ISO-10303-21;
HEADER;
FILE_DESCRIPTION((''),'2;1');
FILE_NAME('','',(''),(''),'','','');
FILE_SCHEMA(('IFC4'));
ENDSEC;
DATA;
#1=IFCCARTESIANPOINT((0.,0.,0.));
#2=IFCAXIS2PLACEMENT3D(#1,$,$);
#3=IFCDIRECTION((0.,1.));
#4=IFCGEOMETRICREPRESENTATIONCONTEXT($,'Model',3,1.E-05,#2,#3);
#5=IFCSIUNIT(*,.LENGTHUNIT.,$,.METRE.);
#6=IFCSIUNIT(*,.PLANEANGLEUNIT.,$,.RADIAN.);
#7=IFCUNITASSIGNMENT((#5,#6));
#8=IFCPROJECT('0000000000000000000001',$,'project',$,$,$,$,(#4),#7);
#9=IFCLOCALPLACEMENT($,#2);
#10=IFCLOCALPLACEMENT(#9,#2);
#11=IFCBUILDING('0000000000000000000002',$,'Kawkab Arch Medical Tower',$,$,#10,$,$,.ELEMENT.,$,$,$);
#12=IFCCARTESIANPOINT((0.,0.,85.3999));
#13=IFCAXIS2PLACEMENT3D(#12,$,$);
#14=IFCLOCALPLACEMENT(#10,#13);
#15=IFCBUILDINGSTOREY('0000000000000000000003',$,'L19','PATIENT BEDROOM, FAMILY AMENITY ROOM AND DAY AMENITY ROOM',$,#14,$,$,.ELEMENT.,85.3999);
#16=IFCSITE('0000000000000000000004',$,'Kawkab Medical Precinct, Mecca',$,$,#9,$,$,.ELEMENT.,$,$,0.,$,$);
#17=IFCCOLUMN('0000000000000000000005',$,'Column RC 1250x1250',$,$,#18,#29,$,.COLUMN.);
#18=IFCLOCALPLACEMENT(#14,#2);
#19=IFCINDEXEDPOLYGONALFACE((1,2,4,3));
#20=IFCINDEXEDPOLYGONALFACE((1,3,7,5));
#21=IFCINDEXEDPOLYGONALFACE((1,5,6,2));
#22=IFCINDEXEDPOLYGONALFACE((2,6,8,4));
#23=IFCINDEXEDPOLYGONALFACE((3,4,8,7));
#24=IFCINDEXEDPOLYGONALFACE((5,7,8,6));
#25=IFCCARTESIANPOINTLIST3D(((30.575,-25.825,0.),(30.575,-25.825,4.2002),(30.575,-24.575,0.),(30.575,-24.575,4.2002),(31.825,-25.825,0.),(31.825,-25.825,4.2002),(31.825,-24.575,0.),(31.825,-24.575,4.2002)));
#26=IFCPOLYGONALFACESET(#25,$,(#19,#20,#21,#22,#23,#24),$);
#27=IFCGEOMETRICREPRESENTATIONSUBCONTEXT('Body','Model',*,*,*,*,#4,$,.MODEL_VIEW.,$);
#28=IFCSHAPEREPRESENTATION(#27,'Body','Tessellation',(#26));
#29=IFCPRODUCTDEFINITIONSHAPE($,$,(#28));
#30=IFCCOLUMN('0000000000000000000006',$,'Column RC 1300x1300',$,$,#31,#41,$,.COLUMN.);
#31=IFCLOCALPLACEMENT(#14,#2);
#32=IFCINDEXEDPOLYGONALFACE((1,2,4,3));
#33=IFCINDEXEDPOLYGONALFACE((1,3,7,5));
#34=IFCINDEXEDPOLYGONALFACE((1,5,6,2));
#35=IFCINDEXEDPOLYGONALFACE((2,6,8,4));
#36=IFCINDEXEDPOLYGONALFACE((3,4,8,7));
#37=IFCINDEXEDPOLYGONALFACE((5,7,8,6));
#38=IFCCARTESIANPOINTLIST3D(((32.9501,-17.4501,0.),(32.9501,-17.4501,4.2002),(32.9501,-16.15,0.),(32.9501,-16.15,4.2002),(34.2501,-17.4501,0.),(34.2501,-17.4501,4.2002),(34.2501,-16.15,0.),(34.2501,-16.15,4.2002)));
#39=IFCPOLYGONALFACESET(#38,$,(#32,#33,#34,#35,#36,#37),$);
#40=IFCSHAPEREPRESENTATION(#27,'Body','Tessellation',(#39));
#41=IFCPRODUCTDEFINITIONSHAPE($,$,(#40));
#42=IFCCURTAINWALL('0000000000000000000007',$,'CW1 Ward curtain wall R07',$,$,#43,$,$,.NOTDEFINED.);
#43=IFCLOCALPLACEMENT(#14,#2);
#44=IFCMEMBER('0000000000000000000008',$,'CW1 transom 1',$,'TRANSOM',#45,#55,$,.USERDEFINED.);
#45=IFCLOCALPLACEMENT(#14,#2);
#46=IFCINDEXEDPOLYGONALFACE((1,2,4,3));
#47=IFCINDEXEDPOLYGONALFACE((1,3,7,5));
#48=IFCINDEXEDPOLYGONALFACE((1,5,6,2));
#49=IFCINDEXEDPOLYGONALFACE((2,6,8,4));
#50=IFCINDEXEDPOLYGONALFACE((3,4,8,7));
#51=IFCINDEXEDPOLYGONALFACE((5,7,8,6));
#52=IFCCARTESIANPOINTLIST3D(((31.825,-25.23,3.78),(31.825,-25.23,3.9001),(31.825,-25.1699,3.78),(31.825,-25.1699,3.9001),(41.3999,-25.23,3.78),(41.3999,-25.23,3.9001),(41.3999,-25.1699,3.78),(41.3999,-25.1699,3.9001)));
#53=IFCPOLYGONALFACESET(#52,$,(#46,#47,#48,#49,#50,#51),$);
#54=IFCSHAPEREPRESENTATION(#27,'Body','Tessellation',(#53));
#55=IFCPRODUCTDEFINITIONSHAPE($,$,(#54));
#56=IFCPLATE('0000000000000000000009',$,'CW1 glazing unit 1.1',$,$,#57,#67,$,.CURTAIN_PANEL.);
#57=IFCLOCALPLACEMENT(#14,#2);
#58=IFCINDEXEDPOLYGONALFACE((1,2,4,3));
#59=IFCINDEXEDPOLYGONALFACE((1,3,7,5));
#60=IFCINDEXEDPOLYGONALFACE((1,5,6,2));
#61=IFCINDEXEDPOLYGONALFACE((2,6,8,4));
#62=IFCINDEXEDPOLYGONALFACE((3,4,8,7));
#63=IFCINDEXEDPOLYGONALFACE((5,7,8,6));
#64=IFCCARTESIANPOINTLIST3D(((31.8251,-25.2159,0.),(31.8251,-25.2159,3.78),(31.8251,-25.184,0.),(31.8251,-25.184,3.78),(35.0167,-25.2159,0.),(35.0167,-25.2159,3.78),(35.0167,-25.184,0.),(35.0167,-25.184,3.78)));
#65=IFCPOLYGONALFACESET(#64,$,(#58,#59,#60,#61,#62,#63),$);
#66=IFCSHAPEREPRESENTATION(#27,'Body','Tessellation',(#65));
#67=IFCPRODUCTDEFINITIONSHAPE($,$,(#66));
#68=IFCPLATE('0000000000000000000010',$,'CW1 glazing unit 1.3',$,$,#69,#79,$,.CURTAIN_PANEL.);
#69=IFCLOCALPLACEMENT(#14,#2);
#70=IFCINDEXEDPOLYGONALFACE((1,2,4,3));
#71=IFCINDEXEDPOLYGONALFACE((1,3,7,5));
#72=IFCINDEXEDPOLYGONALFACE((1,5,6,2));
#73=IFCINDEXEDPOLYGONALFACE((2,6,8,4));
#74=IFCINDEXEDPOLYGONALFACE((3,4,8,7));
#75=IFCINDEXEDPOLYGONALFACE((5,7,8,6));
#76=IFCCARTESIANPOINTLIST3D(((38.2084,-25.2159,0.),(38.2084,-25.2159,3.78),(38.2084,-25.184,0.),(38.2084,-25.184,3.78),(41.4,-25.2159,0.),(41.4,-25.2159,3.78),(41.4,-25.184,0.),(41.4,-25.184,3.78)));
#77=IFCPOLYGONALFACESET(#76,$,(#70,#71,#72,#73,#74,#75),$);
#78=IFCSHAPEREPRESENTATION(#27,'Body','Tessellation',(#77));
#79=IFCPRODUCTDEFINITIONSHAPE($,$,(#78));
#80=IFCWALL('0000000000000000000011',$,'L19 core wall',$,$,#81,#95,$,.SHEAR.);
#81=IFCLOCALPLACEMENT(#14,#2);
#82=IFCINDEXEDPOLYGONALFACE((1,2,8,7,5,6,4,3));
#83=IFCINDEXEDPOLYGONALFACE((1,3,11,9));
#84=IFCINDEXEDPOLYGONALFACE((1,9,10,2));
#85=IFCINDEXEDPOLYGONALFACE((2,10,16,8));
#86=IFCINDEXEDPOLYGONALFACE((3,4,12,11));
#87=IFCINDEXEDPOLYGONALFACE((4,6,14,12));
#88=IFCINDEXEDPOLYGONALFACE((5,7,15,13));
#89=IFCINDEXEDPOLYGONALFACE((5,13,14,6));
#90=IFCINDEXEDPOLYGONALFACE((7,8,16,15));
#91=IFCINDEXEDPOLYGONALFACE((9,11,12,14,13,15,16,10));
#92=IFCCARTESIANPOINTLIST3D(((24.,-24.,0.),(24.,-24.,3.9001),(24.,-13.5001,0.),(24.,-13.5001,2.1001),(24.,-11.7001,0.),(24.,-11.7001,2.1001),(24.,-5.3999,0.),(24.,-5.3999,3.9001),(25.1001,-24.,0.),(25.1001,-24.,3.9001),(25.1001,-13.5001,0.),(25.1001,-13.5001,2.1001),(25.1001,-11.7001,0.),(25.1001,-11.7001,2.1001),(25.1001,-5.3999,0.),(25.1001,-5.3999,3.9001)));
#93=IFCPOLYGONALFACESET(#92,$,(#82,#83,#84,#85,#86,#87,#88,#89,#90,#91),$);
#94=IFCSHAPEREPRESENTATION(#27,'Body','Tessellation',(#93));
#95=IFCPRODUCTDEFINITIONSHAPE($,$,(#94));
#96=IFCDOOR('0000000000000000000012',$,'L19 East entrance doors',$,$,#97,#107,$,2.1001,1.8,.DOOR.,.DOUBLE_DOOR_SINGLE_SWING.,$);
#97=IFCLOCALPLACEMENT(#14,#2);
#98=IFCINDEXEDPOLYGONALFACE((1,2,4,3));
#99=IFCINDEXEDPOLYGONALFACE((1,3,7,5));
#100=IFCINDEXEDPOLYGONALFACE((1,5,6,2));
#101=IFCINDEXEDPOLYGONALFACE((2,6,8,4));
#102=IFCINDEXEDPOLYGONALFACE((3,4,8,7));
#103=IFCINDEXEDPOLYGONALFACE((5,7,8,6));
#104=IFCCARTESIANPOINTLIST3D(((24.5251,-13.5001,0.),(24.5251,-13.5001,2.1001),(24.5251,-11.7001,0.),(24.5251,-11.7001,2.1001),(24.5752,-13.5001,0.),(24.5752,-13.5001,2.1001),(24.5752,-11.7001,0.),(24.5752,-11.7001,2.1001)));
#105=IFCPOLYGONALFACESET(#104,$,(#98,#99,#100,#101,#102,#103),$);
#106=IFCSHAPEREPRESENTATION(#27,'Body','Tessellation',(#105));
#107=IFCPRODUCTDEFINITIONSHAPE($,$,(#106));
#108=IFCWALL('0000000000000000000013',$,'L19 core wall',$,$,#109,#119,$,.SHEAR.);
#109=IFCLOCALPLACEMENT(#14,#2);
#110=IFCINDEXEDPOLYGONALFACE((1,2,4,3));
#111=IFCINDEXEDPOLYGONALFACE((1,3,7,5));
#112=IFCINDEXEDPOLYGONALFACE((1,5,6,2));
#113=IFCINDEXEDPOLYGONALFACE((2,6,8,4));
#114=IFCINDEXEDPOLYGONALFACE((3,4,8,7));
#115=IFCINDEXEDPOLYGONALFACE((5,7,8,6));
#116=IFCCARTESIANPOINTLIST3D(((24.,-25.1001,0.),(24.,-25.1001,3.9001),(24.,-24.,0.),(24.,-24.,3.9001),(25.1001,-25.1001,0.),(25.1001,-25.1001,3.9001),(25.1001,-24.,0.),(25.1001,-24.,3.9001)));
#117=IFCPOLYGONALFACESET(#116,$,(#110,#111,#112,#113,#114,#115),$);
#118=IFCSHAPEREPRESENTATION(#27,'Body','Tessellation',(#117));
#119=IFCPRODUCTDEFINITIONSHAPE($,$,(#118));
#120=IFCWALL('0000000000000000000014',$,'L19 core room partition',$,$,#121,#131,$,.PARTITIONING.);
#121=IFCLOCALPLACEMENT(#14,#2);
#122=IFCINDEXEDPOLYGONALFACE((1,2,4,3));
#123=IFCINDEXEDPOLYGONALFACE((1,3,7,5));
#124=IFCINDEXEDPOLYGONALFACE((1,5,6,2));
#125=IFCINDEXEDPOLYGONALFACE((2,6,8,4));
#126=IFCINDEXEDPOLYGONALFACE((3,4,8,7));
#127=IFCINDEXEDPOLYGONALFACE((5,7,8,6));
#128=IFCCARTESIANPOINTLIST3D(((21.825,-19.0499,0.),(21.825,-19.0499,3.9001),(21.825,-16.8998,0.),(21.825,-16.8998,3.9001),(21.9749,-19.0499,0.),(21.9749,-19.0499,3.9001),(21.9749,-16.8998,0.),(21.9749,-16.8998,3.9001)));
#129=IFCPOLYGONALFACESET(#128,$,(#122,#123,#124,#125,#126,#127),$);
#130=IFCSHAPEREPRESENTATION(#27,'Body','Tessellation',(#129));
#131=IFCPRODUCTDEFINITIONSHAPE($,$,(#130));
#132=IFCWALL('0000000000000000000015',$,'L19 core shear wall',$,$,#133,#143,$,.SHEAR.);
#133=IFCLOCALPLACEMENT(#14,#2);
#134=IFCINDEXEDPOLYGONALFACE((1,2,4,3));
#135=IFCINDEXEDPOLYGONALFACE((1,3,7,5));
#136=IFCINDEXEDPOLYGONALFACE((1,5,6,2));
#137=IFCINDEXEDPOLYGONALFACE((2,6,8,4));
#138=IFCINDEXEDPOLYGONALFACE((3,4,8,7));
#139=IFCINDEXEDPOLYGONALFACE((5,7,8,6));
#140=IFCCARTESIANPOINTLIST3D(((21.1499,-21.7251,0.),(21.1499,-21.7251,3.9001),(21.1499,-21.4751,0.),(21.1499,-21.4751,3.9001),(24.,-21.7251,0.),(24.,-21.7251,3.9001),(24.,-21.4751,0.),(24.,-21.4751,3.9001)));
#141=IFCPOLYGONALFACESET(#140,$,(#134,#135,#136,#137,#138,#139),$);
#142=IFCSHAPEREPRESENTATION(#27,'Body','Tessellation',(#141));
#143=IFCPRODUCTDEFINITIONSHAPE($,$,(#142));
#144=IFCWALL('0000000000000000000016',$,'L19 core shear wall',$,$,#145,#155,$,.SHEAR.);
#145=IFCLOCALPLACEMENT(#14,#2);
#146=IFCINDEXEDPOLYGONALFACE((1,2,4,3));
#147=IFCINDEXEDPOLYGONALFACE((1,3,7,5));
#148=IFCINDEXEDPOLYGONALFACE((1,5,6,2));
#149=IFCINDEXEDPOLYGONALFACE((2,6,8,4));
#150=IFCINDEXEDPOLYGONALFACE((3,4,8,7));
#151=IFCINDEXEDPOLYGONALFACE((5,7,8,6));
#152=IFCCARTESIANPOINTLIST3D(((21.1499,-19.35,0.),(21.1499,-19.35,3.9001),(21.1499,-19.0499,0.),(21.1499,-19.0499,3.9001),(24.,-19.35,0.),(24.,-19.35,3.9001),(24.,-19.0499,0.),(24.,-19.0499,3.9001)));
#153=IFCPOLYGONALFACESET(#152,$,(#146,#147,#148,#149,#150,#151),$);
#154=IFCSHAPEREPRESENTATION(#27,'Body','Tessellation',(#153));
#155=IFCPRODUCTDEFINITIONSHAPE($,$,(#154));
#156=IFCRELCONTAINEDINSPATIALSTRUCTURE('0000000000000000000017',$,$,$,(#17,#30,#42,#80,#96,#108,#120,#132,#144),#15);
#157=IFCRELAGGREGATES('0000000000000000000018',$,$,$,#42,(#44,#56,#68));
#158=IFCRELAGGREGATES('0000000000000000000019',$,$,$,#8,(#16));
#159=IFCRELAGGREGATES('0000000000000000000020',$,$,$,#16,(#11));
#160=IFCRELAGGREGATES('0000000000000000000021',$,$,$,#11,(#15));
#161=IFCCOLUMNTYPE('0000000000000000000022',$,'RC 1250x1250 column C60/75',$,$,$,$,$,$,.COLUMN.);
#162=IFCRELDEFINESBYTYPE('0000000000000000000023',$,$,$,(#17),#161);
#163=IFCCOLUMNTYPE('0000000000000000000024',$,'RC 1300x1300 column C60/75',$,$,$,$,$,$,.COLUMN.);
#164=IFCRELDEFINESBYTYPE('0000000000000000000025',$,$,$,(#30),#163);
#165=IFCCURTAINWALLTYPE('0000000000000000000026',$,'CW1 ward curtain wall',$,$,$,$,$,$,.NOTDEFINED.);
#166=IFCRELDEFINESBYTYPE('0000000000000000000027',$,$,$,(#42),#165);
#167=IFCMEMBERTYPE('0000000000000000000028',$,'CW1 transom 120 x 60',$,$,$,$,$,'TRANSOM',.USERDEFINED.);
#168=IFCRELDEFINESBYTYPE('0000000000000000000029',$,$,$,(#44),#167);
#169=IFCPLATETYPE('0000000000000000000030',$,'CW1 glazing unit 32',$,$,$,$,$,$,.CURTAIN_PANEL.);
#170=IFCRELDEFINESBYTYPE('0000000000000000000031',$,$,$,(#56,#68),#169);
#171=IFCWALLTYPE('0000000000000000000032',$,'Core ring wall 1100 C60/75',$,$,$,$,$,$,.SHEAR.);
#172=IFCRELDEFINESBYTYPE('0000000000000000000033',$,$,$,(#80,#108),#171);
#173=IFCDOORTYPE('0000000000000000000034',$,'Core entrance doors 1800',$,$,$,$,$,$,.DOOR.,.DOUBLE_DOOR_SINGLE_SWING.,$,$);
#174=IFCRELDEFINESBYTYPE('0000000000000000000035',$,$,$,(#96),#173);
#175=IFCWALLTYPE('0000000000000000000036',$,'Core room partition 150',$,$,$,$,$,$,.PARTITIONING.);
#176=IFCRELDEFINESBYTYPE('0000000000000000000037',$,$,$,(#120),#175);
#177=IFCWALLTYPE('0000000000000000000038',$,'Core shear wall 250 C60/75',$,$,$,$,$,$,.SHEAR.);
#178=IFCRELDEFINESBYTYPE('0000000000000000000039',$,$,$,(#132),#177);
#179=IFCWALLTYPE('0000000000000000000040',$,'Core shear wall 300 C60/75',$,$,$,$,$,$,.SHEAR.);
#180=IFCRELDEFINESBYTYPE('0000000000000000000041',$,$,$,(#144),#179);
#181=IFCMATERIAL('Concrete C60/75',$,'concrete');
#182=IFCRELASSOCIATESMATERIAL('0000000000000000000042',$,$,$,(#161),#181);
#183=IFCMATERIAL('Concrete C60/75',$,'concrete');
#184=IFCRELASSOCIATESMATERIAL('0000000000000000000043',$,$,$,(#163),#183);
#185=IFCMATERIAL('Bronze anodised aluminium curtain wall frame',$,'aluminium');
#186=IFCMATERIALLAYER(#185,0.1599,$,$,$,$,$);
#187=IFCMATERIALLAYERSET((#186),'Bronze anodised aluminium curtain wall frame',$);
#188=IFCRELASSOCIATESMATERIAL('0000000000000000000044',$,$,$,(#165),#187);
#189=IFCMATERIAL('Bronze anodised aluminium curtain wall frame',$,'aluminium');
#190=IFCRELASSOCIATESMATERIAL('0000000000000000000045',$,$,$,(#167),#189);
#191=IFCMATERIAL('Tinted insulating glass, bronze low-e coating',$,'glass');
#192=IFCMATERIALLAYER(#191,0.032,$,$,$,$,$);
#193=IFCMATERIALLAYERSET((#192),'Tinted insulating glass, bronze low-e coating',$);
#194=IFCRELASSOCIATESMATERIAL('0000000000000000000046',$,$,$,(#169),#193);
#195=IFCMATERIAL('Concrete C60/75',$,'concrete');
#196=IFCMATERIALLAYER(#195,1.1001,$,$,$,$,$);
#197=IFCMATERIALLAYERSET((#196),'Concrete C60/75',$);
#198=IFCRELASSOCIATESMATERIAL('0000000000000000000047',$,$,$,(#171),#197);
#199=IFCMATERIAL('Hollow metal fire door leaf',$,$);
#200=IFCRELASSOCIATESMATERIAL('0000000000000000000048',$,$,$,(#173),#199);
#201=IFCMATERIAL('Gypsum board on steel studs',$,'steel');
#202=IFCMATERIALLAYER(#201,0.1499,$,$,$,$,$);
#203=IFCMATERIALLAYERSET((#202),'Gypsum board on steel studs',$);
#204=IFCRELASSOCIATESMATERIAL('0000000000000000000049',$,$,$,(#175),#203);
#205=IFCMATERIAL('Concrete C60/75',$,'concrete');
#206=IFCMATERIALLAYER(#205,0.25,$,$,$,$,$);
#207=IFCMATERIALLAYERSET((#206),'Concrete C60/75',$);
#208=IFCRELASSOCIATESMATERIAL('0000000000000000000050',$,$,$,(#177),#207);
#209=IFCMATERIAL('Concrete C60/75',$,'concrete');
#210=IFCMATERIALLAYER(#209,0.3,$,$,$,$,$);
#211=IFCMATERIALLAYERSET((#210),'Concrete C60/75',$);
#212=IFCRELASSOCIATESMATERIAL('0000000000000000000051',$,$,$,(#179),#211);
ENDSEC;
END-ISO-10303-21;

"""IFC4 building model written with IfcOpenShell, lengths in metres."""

from ifc_helpers import new_model, si_unit, direction, frame, frame_2d, origin, origin_2d, place, context, subcontext, project, spatial, rectangle, extrude, material, layer, layer_set, material_profile, profile_set, type_object, element, fill, aggregate, save


model = new_model("IFC4")

# Units and contexts
model_context = context("Model", 3, precision=1e-05, world=origin(), true_north=direction((0.0, 1.0)))
body_context = subcontext(model_context, "Body", "Model", "MODEL_VIEW")
ifc_project = project(units=[si_unit("LENGTHUNIT", "METRE"), si_unit("PLANEANGLEUNIT", "RADIAN")], contexts=[model_context])

# Site, building, storey
site_placement = place(None, origin())
site = spatial("IfcSite", under=ifc_project, at=site_placement, Name="Kawkab Medical Precinct, Mecca", CompositionType="ELEMENT", RefElevation=0.0)
building_placement = place(site_placement, origin())
building = spatial("IfcBuilding", under=site, at=building_placement, Name="Kawkab Arch Medical Tower", CompositionType="ELEMENT")
storey_placement = place(building_placement, frame((0.0, 0.0, 85.3999)))
storey = spatial("IfcBuildingStorey", under=building, at=storey_placement, Name="L19", Description="PATIENT BEDROOM, FAMILY AMENITY ROOM AND DAY AMENITY ROOM", CompositionType="ELEMENT", Elevation=85.3999)

# Columns
ifc_material_1 = material(Name="Concrete C60/75", Category="concrete")
ifc_material_profile_1 = material_profile(ifc_material_1, rectangle(XDim=1.25, YDim=1.25, at=origin_2d()), Name="RC 1250x1250")
ifc_profile_set_1 = profile_set([ifc_material_profile_1], Name="Concrete C60/75")
column_type_1 = type_object("IfcColumnType", Name="RC 1250x1250 column C60/75", PredefinedType="COLUMN", material=ifc_profile_set_1)
column_1_placement = place(storey_placement, frame((31.2, -25.2, 0.0), z_axis=(0.0, 0.0, 1.0), x_axis=(1.0, 0.0, 0.0)))
element("IfcColumn", 1, at=column_1_placement, inside=storey, type_object=column_type_1, Name="Column RC 1250x1250", PredefinedType="COLUMN", context=body_context, shape_type="SweptSolid", body=[
    extrude(rectangle(XDim=1.25, YDim=1.25, at=origin_2d()), origin(), (0.0, 0.0, 1.0), 4.2002),
])
ifc_material_2 = material(Name="Concrete C60/75", Category="concrete")
ifc_material_profile_2 = material_profile(ifc_material_2, rectangle(XDim=1.3, YDim=1.3, at=origin_2d()), Name="RC 1300x1300")
ifc_profile_set_2 = profile_set([ifc_material_profile_2], Name="Concrete C60/75")
column_type_2 = type_object("IfcColumnType", Name="RC 1300x1300 column C60/75", PredefinedType="COLUMN", material=ifc_profile_set_2)
column_2_placement = place(storey_placement, frame((33.6001, -16.8, 0.0), z_axis=(0.0, 0.0, 1.0), x_axis=(1.0, 0.0, 0.0)))
element("IfcColumn", 2, at=column_2_placement, inside=storey, type_object=column_type_2, Name="Column RC 1300x1300", PredefinedType="COLUMN", context=body_context, shape_type="SweptSolid", body=[
    extrude(rectangle(XDim=1.3, YDim=1.3, at=origin_2d()), origin(), (0.0, 0.0, 1.0), 4.2002),
])

# Curtain wall, member, plates
ifc_material_3 = material(Name="Bronze anodised aluminium curtain wall frame", Category="aluminium")
ifc_layer_1 = layer(ifc_material_3, 0.1599)
ifc_layer_set_1 = layer_set([ifc_layer_1], Name="Bronze anodised aluminium curtain wall frame")
curtain_wall_type = type_object("IfcCurtainWallType", Name="CW1 ward curtain wall", PredefinedType="NOTDEFINED", material=ifc_layer_set_1)
curtain_wall_placement = place(storey_placement, origin())
curtain_wall = element("IfcCurtainWall", 3, at=curtain_wall_placement, inside=storey, type_object=curtain_wall_type, Name="CW1 Ward curtain wall R07", PredefinedType="NOTDEFINED")
ifc_material_4 = material(Name="Bronze anodised aluminium curtain wall frame", Category="aluminium")
ifc_material_profile_3 = material_profile(ifc_material_4, rectangle(XDim=0.0601, YDim=0.1201, at=origin_2d()), Name="AL 60x120")
ifc_profile_set_3 = profile_set([ifc_material_profile_3], Name="Bronze anodised aluminium curtain wall frame")
member_type = type_object("IfcMemberType", Name="CW1 transom 120 x 60", ElementType="TRANSOM", PredefinedType="USERDEFINED", material=ifc_profile_set_3)
member_placement = place(storey_placement, frame((31.825, -25.2, 3.8401), z_axis=(1.0, 0.0, 0.0), x_axis=(0.0, 1.0, 0.0)))
member = element("IfcMember", 4, at=member_placement, type_object=member_type, Name="CW1 transom 1", ObjectType="TRANSOM", PredefinedType="USERDEFINED", context=body_context, shape_type="SweptSolid", body=[
    extrude(rectangle(XDim=0.0601, YDim=0.1201, at=origin_2d()), origin(), (0.0, 0.0, 1.0), 9.575),
])
ifc_material_5 = material(Name="Tinted insulating glass, bronze low-e coating", Category="glass")
ifc_layer_2 = layer(ifc_material_5, 0.032)
ifc_layer_set_2 = layer_set([ifc_layer_2], Name="Tinted insulating glass, bronze low-e coating")
plate_type = type_object("IfcPlateType", Name="CW1 glazing unit 32", PredefinedType="CURTAIN_PANEL", material=ifc_layer_set_2)
plate_1_placement = place(storey_placement, frame((33.4209, -25.2, 0.0), z_axis=(0.0, 0.0, 1.0), x_axis=(1.0, 0.0, 0.0)))
plate_1 = element("IfcPlate", 5, at=plate_1_placement, type_object=plate_type, Name="CW1 glazing unit 1.1", PredefinedType="CURTAIN_PANEL", context=body_context, shape_type="SweptSolid", body=[
    extrude(rectangle(XDim=3.1917, YDim=0.032, at=origin_2d()), origin(), (0.0, 0.0, 1.0), 3.78),
])
plate_2_placement = place(storey_placement, frame((39.8042, -25.2, 0.0), z_axis=(0.0, 0.0, 1.0), x_axis=(1.0, 0.0, 0.0)))
plate_2 = element("IfcPlate", 6, at=plate_2_placement, type_object=plate_type, Name="CW1 glazing unit 1.3", PredefinedType="CURTAIN_PANEL", context=body_context, shape_type="SweptSolid", body=[
    extrude(rectangle(XDim=3.1917, YDim=0.032, at=origin_2d()), origin(), (0.0, 0.0, 1.0), 3.78),
])
aggregate(curtain_wall, [member, plate_1, plate_2])

# Wall, opening, door
ifc_material_6 = material(Name="Concrete C60/75", Category="concrete")
ifc_layer_3 = layer(ifc_material_6, 1.1001)
ifc_layer_set_3 = layer_set([ifc_layer_3], Name="Concrete C60/75")
wall_type_1 = type_object("IfcWallType", Name="Core ring wall 1100 C60/75", PredefinedType="SHEAR", material=ifc_layer_set_3)
wall_1_placement = place(storey_placement, frame((24.55, -24.0, 0.0), z_axis=(0.0, 0.0, 1.0), x_axis=(0.0, 1.0, 0.0)))
wall_1 = element("IfcWall", 7, at=wall_1_placement, inside=storey, type_object=wall_type_1, Name="L19 core wall", PredefinedType="SHEAR", context=body_context, shape_type="SweptSolid", body=[
    extrude(rectangle(XDim=18.6001, YDim=1.1001, at=frame_2d((9.3, 0.0))), origin(), (0.0, 0.0, 1.0), 3.9001),
])
opening_1_placement = place(wall_1_placement, frame((10.5, 0.0, 0.0)))
opening_1 = element("IfcOpeningElement", 8, at=opening_1_placement, cuts=wall_1, PredefinedType="OPENING", context=body_context, shape_type="SweptSolid", body=[
    extrude(rectangle(XDim=1.8, YDim=2.1001, at=frame_2d((0.8999, 1.05))), frame((0.0, 0.5601, 0.0), z_axis=(0.0, -1.0, 0.0), x_axis=(1.0, 0.0, 0.0)), (0.0, 0.0, 1.0), 1.1201),
])
ifc_material_7 = material(Name="Hollow metal fire door leaf")
door_type_1 = type_object("IfcDoorType", Name="Core entrance doors 1800", OperationType="DOUBLE_DOOR_SINGLE_SWING", PredefinedType="DOOR", material=ifc_material_7)
door_1_placement = place(opening_1_placement, origin())
door_1 = element("IfcDoor", 9, at=door_1_placement, inside=storey, type_object=door_type_1, Name="L19 East entrance doors", OperationType="DOUBLE_DOOR_SINGLE_SWING", OverallHeight=2.1001, OverallWidth=1.8, PredefinedType="DOOR", context=body_context, shape_type="SweptSolid", body=[
    extrude(rectangle(XDim=1.8, YDim=2.1001, at=frame_2d((0.8999, 1.05))), frame((0.0, 0.0249, 0.0), z_axis=(0.0, -1.0, 0.0), x_axis=(1.0, 0.0, 0.0)), (0.0, 0.0, 1.0), 0.05),
])
fill(opening_1, door_1)

# Walls
wall_2_placement = place(storey_placement, frame((24.55, -25.1001, 0.0), z_axis=(0.0, 0.0, 1.0), x_axis=(0.0, 1.0, 0.0)))
element("IfcWall", 10, at=wall_2_placement, inside=storey, type_object=wall_type_1, Name="L19 core wall", PredefinedType="SHEAR", context=body_context, shape_type="SweptSolid", body=[
    extrude(rectangle(XDim=1.1001, YDim=1.1001, at=frame_2d((0.55, 0.0))), origin(), (0.0, 0.0, 1.0), 3.9001),
])
ifc_material_8 = material(Name="Gypsum board on steel studs", Category="steel")
ifc_layer_4 = layer(ifc_material_8, 0.1499)
ifc_layer_set_4 = layer_set([ifc_layer_4], Name="Gypsum board on steel studs")
wall_type_2 = type_object("IfcWallType", Name="Core room partition 150", PredefinedType="PARTITIONING", material=ifc_layer_set_4)
wall_3_placement = place(storey_placement, frame((21.8999, -19.05, 0.0), z_axis=(0.0, 0.0, 1.0), x_axis=(0.0, 1.0, 0.0)))
element("IfcWall", 11, at=wall_3_placement, inside=storey, type_object=wall_type_2, Name="L19 core room partition", PredefinedType="PARTITIONING", context=body_context, shape_type="SweptSolid", body=[
    extrude(rectangle(XDim=2.1501, YDim=0.1499, at=frame_2d((1.0752, 0.0))), origin(), (0.0, 0.0, 1.0), 3.9001),
])
ifc_material_9 = material(Name="Concrete C60/75", Category="concrete")
ifc_layer_5 = layer(ifc_material_9, 0.25)
ifc_layer_set_5 = layer_set([ifc_layer_5], Name="Concrete C60/75")
wall_type_3 = type_object("IfcWallType", Name="Core shear wall 250 C60/75", PredefinedType="SHEAR", material=ifc_layer_set_5)
wall_4_placement = place(storey_placement, frame((21.1499, -21.6001, 0.0), z_axis=(0.0, 0.0, 1.0), x_axis=(1.0, 0.0, 0.0)))
element("IfcWall", 12, at=wall_4_placement, inside=storey, type_object=wall_type_3, Name="L19 core shear wall", PredefinedType="SHEAR", context=body_context, shape_type="SweptSolid", body=[
    extrude(rectangle(XDim=2.8501, YDim=0.25, at=frame_2d((1.425, 0.0))), origin(), (0.0, 0.0, 1.0), 3.9001),
])
ifc_material_10 = material(Name="Concrete C60/75", Category="concrete")
ifc_layer_6 = layer(ifc_material_10, 0.3)
ifc_layer_set_6 = layer_set([ifc_layer_6], Name="Concrete C60/75")
wall_type_4 = type_object("IfcWallType", Name="Core shear wall 300 C60/75", PredefinedType="SHEAR", material=ifc_layer_set_6)
wall_5_placement = place(storey_placement, frame((21.1499, -19.2, 0.0), z_axis=(0.0, 0.0, 1.0), x_axis=(1.0, 0.0, 0.0)))
element("IfcWall", 13, at=wall_5_placement, inside=storey, type_object=wall_type_4, Name="L19 core shear wall", PredefinedType="SHEAR", context=body_context, shape_type="SweptSolid", body=[
    extrude(rectangle(XDim=2.8501, YDim=0.3, at=frame_2d((1.425, 0.0))), origin(), (0.0, 0.0, 1.0), 3.9001),
])

save(model, "model.ifc")
